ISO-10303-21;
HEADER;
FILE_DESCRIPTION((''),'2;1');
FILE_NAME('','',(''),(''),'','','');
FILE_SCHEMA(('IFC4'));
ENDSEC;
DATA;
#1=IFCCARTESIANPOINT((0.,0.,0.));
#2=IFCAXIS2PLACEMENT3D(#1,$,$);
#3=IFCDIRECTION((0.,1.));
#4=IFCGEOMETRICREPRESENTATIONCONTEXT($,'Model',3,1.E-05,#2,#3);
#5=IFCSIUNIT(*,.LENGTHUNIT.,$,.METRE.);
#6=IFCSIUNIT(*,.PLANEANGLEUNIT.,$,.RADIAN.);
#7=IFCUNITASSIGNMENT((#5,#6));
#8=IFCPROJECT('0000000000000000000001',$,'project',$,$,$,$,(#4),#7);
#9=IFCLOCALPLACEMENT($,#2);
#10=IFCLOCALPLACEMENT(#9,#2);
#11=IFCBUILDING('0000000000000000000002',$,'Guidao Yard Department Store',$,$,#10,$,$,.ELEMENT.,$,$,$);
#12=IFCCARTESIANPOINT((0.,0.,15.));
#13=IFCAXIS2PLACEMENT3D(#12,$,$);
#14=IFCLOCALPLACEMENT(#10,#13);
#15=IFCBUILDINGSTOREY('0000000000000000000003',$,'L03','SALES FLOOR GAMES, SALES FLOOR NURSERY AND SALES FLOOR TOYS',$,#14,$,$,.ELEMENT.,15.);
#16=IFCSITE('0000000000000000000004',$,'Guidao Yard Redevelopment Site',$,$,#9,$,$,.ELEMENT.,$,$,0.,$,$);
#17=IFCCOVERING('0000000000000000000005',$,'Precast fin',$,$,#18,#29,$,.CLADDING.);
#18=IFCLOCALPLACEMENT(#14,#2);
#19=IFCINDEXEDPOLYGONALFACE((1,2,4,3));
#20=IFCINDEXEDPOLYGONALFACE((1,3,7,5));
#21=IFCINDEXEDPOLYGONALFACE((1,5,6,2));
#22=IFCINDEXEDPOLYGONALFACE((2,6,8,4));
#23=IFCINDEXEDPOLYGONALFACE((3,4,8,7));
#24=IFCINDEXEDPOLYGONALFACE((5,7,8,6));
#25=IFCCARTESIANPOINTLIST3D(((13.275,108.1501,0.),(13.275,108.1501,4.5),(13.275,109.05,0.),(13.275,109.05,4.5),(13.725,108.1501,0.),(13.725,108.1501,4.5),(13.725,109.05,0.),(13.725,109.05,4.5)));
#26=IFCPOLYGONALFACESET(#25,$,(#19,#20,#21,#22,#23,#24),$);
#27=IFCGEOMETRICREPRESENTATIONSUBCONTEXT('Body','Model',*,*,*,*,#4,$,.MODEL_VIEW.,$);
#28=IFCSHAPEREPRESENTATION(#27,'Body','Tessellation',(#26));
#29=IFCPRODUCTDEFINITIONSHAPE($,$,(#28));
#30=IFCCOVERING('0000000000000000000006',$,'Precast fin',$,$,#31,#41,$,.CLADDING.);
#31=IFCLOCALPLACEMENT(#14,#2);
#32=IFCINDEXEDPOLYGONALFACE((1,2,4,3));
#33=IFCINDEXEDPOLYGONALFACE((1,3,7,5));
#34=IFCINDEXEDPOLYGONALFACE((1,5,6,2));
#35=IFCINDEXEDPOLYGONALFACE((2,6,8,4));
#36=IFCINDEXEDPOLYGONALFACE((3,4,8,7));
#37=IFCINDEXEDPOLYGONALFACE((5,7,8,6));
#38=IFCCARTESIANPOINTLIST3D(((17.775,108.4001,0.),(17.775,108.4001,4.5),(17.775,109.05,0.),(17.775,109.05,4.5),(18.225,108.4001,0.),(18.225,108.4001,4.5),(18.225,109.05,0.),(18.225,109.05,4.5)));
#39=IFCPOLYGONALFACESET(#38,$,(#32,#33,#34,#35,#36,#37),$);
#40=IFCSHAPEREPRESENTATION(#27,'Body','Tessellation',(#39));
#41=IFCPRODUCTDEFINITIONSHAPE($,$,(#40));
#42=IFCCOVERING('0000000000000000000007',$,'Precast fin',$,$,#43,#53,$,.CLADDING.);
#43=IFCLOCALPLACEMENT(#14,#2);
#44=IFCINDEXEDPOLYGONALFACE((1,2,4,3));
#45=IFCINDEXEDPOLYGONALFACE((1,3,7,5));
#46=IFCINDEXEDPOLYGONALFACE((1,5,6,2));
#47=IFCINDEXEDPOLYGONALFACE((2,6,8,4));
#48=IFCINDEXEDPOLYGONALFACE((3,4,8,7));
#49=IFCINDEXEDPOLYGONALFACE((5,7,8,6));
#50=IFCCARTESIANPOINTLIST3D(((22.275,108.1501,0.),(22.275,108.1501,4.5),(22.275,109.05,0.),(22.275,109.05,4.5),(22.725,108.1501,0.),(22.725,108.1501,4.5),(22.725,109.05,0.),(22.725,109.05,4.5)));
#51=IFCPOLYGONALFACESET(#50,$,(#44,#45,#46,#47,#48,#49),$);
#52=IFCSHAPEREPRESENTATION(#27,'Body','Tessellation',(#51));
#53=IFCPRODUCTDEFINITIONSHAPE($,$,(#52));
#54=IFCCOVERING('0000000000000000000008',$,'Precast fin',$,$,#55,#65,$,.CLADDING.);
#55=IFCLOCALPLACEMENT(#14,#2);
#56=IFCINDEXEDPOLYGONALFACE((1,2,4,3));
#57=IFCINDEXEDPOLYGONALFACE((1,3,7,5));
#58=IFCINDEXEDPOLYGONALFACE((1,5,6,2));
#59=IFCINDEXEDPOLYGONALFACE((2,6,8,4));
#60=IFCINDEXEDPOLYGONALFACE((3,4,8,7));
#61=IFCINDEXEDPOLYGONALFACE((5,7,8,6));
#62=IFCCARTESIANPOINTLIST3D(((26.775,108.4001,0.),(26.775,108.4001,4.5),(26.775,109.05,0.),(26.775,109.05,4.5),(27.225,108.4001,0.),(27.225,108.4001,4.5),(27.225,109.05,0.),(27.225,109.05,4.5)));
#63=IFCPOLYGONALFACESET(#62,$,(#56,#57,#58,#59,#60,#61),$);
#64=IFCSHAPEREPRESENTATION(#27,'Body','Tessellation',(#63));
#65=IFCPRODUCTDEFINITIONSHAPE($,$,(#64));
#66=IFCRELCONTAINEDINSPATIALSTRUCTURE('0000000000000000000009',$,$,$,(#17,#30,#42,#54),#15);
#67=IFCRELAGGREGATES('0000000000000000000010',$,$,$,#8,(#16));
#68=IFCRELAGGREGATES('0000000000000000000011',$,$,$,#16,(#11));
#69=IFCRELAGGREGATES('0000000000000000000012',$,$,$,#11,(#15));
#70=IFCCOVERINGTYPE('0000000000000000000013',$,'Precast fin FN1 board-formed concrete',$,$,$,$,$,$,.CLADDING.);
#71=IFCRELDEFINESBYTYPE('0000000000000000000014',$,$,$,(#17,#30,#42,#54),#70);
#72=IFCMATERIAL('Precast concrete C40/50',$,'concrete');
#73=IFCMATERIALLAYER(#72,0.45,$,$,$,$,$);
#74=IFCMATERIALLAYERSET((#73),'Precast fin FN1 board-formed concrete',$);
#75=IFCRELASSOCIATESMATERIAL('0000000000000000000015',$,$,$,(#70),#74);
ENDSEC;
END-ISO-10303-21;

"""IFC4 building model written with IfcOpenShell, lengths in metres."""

from ifc_helpers import new_model, si_unit, direction, frame, origin, origin_2d, place, context, subcontext, project, spatial, rectangle, extrude, material, layer, layer_set, type_object, element, save


model = new_model("IFC4")

# Units and contexts
model_context = context("Model", 3, precision=1e-05, world=origin(), true_north=direction((0.0, 1.0)))
body_context = subcontext(model_context, "Body", "Model", "MODEL_VIEW")
ifc_project = project(units=[si_unit("LENGTHUNIT", "METRE"), si_unit("PLANEANGLEUNIT", "RADIAN")], contexts=[model_context])

# Site, building, storey
site_placement = place(None, origin())
site = spatial("IfcSite", under=ifc_project, at=site_placement, Name="Guidao Yard Redevelopment Site", CompositionType="ELEMENT", RefElevation=0.0)
building_placement = place(site_placement, origin())
building = spatial("IfcBuilding", under=site, at=building_placement, Name="Guidao Yard Department Store", CompositionType="ELEMENT")
storey_placement = place(building_placement, frame((0.0, 0.0, 15.0)))
storey = spatial("IfcBuildingStorey", under=building, at=storey_placement, Name="L03", Description="SALES FLOOR GAMES, SALES FLOOR NURSERY AND SALES FLOOR TOYS", CompositionType="ELEMENT", Elevation=15.0)

# Coverings
ifc_material_1 = material(Name="Precast concrete C40/50", Category="concrete")
ifc_layer_1 = layer(ifc_material_1, 0.45)
ifc_layer_set_1 = layer_set([ifc_layer_1], Name="Precast fin FN1 board-formed concrete")
covering_type = type_object("IfcCoveringType", Name="Precast fin FN1 board-formed concrete", PredefinedType="CLADDING", material=ifc_layer_set_1)
covering_1_placement = place(storey_placement, frame((13.5, 108.6001, 0.0), z_axis=(0.0, 0.0, 1.0), x_axis=(1.0, 0.0, 0.0)))
element("IfcCovering", 1, at=covering_1_placement, inside=storey, type_object=covering_type, Name="Precast fin", PredefinedType="CLADDING", context=body_context, shape_type="SweptSolid", body=[
    extrude(rectangle(XDim=0.45, YDim=0.8999, at=origin_2d()), origin(), (0.0, 0.0, 1.0), 4.5),
])
covering_2_placement = place(storey_placement, frame((18.0, 108.7251, 0.0), z_axis=(0.0, 0.0, 1.0), x_axis=(1.0, 0.0, 0.0)))
element("IfcCovering", 2, at=covering_2_placement, inside=storey, type_object=covering_type, Name="Precast fin", PredefinedType="CLADDING", context=body_context, shape_type="SweptSolid", body=[
    extrude(rectangle(XDim=0.45, YDim=0.6499, at=origin_2d()), origin(), (0.0, 0.0, 1.0), 4.5),
])
covering_3_placement = place(storey_placement, frame((22.5, 108.6001, 0.0), z_axis=(0.0, 0.0, 1.0), x_axis=(1.0, 0.0, 0.0)))
element("IfcCovering", 3, at=covering_3_placement, inside=storey, type_object=covering_type, Name="Precast fin", PredefinedType="CLADDING", context=body_context, shape_type="SweptSolid", body=[
    extrude(rectangle(XDim=0.45, YDim=0.8999, at=origin_2d()), origin(), (0.0, 0.0, 1.0), 4.5),
])
covering_4_placement = place(storey_placement, frame((27.0, 108.7251, 0.0), z_axis=(0.0, 0.0, 1.0), x_axis=(1.0, 0.0, 0.0)))
element("IfcCovering", 4, at=covering_4_placement, inside=storey, type_object=covering_type, Name="Precast fin", PredefinedType="CLADDING", context=body_context, shape_type="SweptSolid", body=[
    extrude(rectangle(XDim=0.45, YDim=0.6499, at=origin_2d()), origin(), (0.0, 0.0, 1.0), 4.5),
])

save(model, "model.ifc")
